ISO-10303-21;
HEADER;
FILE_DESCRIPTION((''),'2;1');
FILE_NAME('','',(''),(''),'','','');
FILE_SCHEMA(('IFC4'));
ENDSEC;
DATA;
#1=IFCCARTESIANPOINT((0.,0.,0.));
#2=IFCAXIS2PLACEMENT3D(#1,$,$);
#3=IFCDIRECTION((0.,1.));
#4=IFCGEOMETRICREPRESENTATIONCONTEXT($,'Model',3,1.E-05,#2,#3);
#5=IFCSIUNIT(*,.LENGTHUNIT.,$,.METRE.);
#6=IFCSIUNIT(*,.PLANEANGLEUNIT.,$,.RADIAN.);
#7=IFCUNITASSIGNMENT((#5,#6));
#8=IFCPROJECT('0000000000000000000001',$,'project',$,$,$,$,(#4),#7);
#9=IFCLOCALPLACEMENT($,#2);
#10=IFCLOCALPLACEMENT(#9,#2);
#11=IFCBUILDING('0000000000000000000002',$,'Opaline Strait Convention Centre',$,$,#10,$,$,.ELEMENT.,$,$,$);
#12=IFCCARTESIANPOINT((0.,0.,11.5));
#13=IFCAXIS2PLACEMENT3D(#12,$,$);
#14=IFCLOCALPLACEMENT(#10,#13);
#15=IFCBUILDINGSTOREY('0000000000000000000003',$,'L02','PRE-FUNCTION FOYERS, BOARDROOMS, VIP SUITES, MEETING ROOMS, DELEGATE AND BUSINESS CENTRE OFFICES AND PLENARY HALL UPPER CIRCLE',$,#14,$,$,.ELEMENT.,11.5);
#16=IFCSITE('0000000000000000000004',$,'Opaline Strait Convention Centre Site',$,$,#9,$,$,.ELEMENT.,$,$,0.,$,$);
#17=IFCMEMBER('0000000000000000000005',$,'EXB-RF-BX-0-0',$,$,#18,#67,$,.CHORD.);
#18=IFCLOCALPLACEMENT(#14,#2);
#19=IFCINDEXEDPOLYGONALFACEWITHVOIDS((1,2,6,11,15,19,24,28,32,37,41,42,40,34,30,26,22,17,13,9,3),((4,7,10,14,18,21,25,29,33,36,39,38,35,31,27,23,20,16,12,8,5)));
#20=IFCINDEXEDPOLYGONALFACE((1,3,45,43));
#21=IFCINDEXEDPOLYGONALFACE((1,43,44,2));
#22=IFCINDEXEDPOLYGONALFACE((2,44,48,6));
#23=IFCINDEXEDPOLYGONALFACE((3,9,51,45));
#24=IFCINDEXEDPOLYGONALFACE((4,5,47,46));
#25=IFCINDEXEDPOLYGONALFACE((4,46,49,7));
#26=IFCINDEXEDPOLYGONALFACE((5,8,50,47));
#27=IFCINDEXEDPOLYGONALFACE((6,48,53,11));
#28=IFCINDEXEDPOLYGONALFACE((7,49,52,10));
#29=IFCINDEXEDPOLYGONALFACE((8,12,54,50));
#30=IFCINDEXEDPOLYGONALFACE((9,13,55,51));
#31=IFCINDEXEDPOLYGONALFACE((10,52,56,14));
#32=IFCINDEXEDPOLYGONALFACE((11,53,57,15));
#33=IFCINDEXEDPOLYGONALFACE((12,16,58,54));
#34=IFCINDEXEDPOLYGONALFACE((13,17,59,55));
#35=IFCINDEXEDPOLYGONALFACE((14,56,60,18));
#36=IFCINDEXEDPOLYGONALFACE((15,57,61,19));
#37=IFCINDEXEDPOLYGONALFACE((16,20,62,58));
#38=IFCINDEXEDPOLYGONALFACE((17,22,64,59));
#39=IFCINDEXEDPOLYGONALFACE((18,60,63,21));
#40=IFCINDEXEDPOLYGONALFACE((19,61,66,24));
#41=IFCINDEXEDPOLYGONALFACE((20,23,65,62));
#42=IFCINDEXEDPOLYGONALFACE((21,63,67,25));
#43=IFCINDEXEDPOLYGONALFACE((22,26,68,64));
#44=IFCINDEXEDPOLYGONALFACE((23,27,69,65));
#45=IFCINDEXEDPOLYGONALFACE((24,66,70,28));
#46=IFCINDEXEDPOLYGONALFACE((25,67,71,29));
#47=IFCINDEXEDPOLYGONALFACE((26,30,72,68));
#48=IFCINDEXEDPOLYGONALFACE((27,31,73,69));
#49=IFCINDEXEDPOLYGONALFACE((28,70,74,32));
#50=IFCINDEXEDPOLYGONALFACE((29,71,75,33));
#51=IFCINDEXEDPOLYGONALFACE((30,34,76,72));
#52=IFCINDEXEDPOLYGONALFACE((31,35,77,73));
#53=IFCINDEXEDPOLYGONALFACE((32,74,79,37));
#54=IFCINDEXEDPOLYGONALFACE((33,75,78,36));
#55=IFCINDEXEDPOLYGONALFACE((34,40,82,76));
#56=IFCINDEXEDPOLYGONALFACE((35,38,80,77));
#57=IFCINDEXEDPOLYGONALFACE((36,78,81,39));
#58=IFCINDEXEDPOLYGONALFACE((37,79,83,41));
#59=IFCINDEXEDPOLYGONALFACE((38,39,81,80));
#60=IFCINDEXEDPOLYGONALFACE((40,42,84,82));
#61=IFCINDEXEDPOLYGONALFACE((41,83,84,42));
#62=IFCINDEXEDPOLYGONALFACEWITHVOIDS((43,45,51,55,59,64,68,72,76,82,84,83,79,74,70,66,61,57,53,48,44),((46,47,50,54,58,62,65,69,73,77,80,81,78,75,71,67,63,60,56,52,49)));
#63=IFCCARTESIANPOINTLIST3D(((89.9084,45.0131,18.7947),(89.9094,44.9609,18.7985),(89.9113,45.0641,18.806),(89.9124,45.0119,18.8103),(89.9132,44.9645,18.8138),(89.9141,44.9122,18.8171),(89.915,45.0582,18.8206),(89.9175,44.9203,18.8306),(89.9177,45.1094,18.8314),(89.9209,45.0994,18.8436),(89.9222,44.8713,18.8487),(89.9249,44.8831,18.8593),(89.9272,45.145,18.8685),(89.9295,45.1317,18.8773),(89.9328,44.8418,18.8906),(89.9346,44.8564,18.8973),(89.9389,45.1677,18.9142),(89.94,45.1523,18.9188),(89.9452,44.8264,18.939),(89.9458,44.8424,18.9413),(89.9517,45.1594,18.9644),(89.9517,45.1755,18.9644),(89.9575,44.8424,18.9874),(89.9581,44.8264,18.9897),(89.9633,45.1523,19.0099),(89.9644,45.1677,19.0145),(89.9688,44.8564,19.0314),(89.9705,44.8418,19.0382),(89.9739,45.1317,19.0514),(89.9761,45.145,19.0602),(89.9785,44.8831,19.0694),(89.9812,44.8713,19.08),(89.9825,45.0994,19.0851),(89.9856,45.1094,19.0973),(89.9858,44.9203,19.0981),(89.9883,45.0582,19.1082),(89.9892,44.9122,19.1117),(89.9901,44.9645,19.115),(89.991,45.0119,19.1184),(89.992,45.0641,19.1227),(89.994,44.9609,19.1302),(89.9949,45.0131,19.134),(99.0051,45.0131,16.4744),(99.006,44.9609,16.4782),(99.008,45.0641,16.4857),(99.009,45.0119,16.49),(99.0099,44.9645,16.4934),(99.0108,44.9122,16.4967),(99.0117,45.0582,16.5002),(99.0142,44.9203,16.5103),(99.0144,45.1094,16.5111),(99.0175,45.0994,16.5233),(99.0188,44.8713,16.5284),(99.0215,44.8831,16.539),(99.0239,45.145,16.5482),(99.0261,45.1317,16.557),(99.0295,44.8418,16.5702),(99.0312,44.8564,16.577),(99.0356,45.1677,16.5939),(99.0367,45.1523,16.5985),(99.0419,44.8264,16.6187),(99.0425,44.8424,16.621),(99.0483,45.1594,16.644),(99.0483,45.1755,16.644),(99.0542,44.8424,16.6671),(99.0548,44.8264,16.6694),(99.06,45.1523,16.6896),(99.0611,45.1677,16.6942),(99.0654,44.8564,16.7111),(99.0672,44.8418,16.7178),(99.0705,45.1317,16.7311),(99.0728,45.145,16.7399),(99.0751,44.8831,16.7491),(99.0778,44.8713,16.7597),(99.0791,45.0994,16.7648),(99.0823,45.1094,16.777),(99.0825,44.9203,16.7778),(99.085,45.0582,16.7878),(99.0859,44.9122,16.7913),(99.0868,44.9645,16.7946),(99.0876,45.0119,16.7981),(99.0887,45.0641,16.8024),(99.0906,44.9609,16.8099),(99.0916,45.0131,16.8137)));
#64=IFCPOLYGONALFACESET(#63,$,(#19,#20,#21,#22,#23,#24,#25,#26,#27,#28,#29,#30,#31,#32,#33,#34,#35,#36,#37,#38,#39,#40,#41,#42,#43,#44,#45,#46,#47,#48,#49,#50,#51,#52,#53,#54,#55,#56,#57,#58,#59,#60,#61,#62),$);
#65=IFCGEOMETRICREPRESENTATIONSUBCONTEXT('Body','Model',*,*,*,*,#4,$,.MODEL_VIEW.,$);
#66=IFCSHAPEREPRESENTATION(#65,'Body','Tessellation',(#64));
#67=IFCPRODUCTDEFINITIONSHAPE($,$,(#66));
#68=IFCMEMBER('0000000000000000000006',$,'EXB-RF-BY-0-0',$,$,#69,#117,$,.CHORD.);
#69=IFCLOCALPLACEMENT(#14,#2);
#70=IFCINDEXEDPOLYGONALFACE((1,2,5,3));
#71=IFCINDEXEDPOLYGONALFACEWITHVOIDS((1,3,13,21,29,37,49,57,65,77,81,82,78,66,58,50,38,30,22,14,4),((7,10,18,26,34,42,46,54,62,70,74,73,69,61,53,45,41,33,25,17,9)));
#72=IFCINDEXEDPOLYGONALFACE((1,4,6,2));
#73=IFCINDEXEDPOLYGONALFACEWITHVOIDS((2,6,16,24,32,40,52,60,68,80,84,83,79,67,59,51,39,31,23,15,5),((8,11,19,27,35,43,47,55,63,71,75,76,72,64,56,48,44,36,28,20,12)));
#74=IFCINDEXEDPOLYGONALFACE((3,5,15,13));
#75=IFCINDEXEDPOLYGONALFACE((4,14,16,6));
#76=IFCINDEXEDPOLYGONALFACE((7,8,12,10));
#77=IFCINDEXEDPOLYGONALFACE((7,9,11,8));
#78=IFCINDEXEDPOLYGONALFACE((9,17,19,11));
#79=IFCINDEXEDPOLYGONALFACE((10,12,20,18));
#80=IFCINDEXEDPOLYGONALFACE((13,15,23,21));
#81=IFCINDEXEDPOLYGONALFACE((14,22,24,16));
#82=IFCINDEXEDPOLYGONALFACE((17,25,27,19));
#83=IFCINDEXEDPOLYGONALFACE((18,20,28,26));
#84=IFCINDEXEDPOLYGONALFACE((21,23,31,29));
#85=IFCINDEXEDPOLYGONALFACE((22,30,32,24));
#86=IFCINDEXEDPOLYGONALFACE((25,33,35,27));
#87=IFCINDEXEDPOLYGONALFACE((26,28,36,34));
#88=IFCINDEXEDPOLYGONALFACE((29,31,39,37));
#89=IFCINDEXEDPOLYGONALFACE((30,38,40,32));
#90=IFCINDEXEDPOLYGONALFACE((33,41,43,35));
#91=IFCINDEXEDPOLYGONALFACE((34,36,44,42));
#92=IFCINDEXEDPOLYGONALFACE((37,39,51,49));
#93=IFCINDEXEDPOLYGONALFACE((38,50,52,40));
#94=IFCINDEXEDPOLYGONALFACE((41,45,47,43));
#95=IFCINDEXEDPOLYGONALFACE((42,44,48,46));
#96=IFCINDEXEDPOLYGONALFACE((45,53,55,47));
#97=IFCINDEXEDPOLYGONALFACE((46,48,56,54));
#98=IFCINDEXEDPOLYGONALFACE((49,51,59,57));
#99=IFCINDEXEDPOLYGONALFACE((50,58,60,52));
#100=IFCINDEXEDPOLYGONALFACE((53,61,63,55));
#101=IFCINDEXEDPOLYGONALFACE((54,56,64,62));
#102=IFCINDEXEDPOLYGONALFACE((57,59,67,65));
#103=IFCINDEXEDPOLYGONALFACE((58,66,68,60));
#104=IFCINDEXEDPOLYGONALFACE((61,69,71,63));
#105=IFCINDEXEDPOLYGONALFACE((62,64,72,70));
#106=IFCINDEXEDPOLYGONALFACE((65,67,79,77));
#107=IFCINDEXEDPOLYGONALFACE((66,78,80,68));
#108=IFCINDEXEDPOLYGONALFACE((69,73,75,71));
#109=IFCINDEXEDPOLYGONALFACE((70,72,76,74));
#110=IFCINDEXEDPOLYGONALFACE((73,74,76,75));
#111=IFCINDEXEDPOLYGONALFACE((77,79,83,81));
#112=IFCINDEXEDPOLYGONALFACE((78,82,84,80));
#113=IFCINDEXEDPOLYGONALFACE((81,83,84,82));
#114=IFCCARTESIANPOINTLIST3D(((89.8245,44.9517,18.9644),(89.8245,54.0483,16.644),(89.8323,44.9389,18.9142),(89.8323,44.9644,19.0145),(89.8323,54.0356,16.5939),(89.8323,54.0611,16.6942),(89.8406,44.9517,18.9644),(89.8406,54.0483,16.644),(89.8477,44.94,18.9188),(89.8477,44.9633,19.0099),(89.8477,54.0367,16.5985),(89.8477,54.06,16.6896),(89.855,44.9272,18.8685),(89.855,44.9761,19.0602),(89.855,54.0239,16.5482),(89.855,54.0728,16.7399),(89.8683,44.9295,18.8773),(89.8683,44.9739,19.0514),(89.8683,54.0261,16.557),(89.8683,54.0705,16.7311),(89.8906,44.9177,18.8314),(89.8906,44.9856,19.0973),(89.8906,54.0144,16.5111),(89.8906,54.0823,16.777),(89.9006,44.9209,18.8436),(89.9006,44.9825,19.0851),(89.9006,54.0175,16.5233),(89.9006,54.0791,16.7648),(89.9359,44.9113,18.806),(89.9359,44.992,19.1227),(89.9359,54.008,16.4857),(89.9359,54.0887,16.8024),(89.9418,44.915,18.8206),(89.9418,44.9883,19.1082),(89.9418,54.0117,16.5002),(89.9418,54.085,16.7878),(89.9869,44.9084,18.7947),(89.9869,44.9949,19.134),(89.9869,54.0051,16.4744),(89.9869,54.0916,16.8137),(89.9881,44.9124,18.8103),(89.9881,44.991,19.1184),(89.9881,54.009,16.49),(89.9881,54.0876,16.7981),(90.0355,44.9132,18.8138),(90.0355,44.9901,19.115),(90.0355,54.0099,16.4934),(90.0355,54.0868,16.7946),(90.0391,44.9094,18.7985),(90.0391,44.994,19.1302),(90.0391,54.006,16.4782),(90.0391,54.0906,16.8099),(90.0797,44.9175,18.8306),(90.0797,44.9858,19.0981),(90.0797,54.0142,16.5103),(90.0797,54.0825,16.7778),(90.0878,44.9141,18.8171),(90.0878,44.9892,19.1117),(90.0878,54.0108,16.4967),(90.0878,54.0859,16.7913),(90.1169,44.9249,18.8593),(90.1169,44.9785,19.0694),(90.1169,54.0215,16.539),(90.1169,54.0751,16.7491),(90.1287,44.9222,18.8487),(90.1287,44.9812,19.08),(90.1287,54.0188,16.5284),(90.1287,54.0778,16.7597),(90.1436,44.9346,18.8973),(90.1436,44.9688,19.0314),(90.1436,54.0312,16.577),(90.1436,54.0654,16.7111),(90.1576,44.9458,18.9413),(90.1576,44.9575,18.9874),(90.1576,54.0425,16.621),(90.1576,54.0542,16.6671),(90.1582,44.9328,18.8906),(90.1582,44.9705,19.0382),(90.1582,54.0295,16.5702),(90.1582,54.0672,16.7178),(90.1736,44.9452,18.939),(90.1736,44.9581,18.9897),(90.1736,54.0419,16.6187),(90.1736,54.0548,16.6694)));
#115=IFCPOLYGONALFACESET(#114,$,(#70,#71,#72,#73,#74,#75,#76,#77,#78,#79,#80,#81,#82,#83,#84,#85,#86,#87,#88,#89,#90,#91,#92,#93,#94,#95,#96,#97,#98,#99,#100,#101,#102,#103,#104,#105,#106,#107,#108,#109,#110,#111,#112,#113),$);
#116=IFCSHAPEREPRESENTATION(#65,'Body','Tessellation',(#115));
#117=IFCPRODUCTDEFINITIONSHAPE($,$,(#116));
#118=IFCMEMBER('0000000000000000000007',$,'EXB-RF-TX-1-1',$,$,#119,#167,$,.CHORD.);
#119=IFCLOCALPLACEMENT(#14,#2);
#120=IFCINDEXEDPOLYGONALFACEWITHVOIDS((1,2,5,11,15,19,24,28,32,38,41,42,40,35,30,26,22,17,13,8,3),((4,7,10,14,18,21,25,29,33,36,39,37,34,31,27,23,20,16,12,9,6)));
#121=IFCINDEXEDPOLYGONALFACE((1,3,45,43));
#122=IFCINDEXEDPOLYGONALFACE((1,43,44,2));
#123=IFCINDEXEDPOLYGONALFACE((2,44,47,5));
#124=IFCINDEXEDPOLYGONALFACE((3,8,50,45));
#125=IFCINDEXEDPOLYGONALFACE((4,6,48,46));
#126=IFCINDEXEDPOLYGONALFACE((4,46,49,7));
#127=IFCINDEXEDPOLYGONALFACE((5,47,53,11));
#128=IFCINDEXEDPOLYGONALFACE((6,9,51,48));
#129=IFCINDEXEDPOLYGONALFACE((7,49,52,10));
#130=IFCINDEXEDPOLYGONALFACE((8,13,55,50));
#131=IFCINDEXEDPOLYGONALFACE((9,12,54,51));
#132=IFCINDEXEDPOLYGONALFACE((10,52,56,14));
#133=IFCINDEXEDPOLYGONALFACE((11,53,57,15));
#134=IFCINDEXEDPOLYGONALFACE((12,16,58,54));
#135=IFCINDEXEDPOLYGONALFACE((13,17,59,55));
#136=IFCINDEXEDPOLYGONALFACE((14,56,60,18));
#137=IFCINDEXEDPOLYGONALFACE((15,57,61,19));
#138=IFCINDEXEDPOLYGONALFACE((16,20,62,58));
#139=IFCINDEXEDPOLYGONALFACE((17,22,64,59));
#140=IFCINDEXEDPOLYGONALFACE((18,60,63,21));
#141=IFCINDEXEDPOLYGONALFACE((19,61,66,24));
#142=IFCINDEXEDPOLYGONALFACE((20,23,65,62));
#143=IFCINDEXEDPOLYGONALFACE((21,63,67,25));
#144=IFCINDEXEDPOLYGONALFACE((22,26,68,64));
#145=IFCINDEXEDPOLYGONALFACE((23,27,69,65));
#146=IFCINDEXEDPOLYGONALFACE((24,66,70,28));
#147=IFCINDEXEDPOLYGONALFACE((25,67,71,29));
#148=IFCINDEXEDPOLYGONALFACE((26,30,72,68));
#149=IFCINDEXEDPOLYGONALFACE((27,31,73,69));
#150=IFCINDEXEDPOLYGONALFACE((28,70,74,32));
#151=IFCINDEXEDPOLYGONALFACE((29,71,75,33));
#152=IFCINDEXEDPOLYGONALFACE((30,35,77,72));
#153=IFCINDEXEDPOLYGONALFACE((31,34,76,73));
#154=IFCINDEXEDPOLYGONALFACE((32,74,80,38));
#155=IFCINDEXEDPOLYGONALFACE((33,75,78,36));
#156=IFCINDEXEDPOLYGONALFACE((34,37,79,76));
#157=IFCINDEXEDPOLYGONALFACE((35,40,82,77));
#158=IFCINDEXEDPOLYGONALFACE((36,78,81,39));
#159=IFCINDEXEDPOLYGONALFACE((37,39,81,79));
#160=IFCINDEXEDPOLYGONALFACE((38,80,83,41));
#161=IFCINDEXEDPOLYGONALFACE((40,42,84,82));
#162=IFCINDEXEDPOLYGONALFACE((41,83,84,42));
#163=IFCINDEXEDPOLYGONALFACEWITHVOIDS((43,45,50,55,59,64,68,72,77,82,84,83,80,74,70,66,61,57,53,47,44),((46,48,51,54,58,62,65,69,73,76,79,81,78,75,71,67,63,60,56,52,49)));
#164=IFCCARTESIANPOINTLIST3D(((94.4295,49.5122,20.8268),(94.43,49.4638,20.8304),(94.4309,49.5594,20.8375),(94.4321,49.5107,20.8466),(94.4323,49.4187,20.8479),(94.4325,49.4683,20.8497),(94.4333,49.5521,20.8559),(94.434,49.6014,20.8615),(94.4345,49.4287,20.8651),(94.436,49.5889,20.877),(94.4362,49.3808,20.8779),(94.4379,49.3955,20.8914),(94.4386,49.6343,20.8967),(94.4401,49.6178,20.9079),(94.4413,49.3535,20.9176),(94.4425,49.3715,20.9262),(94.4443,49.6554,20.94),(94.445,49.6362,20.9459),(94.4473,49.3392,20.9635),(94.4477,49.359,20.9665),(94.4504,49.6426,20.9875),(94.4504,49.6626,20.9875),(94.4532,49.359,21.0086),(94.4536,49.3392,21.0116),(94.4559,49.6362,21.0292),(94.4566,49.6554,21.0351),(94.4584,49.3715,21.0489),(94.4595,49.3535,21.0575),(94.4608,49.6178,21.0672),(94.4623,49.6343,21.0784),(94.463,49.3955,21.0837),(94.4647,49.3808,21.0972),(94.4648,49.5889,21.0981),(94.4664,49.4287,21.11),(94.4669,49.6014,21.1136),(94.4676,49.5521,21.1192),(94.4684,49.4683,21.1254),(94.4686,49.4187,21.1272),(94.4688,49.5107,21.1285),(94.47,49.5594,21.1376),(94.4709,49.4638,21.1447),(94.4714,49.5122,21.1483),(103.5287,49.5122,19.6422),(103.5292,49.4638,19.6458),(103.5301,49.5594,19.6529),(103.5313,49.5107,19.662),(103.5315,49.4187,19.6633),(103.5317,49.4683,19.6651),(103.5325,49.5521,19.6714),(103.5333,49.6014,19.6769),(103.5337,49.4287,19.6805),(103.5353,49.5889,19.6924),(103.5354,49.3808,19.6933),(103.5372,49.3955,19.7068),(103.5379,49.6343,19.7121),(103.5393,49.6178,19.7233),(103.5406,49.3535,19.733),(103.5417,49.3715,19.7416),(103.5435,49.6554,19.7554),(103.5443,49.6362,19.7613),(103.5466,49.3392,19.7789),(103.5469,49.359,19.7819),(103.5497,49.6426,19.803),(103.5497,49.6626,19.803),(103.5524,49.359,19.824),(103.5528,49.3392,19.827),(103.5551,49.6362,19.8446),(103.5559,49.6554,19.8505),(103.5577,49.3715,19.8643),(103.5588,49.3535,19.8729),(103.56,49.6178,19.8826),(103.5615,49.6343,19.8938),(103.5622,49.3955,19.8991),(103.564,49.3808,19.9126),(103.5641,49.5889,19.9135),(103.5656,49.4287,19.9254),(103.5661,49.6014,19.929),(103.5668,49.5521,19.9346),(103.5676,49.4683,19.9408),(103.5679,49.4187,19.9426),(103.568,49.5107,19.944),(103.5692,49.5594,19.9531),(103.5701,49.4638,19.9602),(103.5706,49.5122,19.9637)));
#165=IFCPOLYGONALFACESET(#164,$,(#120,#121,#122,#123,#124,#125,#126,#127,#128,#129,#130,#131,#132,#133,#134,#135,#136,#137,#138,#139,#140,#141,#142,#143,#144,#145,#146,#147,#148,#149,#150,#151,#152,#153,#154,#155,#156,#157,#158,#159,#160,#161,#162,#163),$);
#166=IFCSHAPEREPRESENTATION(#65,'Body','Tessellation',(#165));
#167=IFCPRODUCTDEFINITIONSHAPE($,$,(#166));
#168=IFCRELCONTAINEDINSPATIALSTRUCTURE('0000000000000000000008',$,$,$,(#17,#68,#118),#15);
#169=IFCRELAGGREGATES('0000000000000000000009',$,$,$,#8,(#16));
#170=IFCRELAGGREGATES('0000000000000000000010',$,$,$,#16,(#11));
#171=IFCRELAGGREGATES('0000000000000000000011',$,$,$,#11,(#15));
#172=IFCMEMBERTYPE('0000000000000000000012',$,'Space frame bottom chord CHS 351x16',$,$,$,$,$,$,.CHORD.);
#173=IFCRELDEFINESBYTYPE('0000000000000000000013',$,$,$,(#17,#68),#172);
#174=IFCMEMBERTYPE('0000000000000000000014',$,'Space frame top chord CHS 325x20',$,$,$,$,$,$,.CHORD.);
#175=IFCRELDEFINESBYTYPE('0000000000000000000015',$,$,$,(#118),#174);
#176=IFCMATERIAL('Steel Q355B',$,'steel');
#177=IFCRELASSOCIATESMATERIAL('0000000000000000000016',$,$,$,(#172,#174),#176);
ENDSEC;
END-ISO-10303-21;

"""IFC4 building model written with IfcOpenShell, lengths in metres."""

from ifc_helpers import new_model, si_unit, direction, frame, origin, origin_2d, place, context, subcontext, project, spatial, hollow_circle, extrude, material, material_profile, profile_set, type_object, element, save


model = new_model("IFC4")

# Units and contexts
model_context = context("Model", 3, precision=1e-05, world=origin(), true_north=direction((0.0, 1.0)))
body_context = subcontext(model_context, "Body", "Model", "MODEL_VIEW")
ifc_project = project(units=[si_unit("LENGTHUNIT", "METRE"), si_unit("PLANEANGLEUNIT", "RADIAN")], contexts=[model_context])

# Site, building, storey
site_placement = place(None, origin())
site = spatial("IfcSite", under=ifc_project, at=site_placement, Name="Opaline Strait Convention Centre Site", CompositionType="ELEMENT", RefElevation=0.0)
building_placement = place(site_placement, origin())
building = spatial("IfcBuilding", under=site, at=building_placement, Name="Opaline Strait Convention Centre", CompositionType="ELEMENT")
storey_placement = place(building_placement, frame((0.0, 0.0, 11.5)))
storey = spatial("IfcBuildingStorey", under=building, at=storey_placement, Name="L02", Description="PRE-FUNCTION FOYERS, BOARDROOMS, VIP SUITES, MEETING ROOMS, DELEGATE AND BUSINESS CENTRE OFFICES AND PLENARY HALL UPPER CIRCLE", CompositionType="ELEMENT", Elevation=11.5)

# Shared definitions
ifc_material_1 = material(Name="Steel Q355B", Category="steel")

# Members
ifc_material_profile_1 = material_profile(ifc_material_1, hollow_circle(Radius=0.1755, WallThickness=0.0161, at=origin_2d()), Name="CHS 351x16")
ifc_profile_set_1 = profile_set([ifc_material_profile_1], Name="Steel Q355B")
member_type_1 = type_object("IfcMemberType", Name="Space frame bottom chord CHS 351x16", PredefinedType="CHORD", material=ifc_profile_set_1)
for number, where, z_axis, x_axis, name in (
    (1, (89.9517, 45.0, 18.9644), (0.968975, 0.0, -0.247159), (0.0, 1.0, 0.0), "EXB-RF-BX-0-0"),
    (2, (90.0, 44.9517, 18.9644), (0.0, 0.968975, -0.247159), (-1.0, 0.0, 0.0), "EXB-RF-BY-0-0"),
):
    element("IfcMember", number, at=place(storey_placement, frame(where, z_axis=z_axis, x_axis=x_axis)), inside=storey, type_object=member_type_1, Name=name, PredefinedType="CHORD", context=body_context, shape_type="SweptSolid", body=[
        extrude(hollow_circle(Radius=0.1755, WallThickness=0.0161, at=origin_2d()), origin(), (0.0, 0.0, 1.0), 9.3879),
    ])
ifc_material_profile_2 = material_profile(ifc_material_1, hollow_circle(Radius=0.1626, WallThickness=0.02, at=origin_2d()), Name="CHS 325x20")
ifc_profile_set_2 = profile_set([ifc_material_profile_2], Name="Steel Q355B")
member_type_2 = type_object("IfcMemberType", Name="Space frame top chord CHS 325x20", PredefinedType="CHORD", material=ifc_profile_set_2)
for number, where, z_axis, x_axis, name in (
    (3, (94.4504, 49.5, 20.9875), (0.991632, 0.0, -0.129096), (0.0, 1.0, 0.0), "EXB-RF-TX-1-1"),
):
    element("IfcMember", number, at=place(storey_placement, frame(where, z_axis=z_axis, x_axis=x_axis)), inside=storey, type_object=member_type_2, Name=name, PredefinedType="CHORD", context=body_context, shape_type="SweptSolid", body=[
        extrude(hollow_circle(Radius=0.1626, WallThickness=0.02, at=origin_2d()), origin(), (0.0, 0.0, 1.0), 9.176),
    ])

save(model, "model.ifc")
